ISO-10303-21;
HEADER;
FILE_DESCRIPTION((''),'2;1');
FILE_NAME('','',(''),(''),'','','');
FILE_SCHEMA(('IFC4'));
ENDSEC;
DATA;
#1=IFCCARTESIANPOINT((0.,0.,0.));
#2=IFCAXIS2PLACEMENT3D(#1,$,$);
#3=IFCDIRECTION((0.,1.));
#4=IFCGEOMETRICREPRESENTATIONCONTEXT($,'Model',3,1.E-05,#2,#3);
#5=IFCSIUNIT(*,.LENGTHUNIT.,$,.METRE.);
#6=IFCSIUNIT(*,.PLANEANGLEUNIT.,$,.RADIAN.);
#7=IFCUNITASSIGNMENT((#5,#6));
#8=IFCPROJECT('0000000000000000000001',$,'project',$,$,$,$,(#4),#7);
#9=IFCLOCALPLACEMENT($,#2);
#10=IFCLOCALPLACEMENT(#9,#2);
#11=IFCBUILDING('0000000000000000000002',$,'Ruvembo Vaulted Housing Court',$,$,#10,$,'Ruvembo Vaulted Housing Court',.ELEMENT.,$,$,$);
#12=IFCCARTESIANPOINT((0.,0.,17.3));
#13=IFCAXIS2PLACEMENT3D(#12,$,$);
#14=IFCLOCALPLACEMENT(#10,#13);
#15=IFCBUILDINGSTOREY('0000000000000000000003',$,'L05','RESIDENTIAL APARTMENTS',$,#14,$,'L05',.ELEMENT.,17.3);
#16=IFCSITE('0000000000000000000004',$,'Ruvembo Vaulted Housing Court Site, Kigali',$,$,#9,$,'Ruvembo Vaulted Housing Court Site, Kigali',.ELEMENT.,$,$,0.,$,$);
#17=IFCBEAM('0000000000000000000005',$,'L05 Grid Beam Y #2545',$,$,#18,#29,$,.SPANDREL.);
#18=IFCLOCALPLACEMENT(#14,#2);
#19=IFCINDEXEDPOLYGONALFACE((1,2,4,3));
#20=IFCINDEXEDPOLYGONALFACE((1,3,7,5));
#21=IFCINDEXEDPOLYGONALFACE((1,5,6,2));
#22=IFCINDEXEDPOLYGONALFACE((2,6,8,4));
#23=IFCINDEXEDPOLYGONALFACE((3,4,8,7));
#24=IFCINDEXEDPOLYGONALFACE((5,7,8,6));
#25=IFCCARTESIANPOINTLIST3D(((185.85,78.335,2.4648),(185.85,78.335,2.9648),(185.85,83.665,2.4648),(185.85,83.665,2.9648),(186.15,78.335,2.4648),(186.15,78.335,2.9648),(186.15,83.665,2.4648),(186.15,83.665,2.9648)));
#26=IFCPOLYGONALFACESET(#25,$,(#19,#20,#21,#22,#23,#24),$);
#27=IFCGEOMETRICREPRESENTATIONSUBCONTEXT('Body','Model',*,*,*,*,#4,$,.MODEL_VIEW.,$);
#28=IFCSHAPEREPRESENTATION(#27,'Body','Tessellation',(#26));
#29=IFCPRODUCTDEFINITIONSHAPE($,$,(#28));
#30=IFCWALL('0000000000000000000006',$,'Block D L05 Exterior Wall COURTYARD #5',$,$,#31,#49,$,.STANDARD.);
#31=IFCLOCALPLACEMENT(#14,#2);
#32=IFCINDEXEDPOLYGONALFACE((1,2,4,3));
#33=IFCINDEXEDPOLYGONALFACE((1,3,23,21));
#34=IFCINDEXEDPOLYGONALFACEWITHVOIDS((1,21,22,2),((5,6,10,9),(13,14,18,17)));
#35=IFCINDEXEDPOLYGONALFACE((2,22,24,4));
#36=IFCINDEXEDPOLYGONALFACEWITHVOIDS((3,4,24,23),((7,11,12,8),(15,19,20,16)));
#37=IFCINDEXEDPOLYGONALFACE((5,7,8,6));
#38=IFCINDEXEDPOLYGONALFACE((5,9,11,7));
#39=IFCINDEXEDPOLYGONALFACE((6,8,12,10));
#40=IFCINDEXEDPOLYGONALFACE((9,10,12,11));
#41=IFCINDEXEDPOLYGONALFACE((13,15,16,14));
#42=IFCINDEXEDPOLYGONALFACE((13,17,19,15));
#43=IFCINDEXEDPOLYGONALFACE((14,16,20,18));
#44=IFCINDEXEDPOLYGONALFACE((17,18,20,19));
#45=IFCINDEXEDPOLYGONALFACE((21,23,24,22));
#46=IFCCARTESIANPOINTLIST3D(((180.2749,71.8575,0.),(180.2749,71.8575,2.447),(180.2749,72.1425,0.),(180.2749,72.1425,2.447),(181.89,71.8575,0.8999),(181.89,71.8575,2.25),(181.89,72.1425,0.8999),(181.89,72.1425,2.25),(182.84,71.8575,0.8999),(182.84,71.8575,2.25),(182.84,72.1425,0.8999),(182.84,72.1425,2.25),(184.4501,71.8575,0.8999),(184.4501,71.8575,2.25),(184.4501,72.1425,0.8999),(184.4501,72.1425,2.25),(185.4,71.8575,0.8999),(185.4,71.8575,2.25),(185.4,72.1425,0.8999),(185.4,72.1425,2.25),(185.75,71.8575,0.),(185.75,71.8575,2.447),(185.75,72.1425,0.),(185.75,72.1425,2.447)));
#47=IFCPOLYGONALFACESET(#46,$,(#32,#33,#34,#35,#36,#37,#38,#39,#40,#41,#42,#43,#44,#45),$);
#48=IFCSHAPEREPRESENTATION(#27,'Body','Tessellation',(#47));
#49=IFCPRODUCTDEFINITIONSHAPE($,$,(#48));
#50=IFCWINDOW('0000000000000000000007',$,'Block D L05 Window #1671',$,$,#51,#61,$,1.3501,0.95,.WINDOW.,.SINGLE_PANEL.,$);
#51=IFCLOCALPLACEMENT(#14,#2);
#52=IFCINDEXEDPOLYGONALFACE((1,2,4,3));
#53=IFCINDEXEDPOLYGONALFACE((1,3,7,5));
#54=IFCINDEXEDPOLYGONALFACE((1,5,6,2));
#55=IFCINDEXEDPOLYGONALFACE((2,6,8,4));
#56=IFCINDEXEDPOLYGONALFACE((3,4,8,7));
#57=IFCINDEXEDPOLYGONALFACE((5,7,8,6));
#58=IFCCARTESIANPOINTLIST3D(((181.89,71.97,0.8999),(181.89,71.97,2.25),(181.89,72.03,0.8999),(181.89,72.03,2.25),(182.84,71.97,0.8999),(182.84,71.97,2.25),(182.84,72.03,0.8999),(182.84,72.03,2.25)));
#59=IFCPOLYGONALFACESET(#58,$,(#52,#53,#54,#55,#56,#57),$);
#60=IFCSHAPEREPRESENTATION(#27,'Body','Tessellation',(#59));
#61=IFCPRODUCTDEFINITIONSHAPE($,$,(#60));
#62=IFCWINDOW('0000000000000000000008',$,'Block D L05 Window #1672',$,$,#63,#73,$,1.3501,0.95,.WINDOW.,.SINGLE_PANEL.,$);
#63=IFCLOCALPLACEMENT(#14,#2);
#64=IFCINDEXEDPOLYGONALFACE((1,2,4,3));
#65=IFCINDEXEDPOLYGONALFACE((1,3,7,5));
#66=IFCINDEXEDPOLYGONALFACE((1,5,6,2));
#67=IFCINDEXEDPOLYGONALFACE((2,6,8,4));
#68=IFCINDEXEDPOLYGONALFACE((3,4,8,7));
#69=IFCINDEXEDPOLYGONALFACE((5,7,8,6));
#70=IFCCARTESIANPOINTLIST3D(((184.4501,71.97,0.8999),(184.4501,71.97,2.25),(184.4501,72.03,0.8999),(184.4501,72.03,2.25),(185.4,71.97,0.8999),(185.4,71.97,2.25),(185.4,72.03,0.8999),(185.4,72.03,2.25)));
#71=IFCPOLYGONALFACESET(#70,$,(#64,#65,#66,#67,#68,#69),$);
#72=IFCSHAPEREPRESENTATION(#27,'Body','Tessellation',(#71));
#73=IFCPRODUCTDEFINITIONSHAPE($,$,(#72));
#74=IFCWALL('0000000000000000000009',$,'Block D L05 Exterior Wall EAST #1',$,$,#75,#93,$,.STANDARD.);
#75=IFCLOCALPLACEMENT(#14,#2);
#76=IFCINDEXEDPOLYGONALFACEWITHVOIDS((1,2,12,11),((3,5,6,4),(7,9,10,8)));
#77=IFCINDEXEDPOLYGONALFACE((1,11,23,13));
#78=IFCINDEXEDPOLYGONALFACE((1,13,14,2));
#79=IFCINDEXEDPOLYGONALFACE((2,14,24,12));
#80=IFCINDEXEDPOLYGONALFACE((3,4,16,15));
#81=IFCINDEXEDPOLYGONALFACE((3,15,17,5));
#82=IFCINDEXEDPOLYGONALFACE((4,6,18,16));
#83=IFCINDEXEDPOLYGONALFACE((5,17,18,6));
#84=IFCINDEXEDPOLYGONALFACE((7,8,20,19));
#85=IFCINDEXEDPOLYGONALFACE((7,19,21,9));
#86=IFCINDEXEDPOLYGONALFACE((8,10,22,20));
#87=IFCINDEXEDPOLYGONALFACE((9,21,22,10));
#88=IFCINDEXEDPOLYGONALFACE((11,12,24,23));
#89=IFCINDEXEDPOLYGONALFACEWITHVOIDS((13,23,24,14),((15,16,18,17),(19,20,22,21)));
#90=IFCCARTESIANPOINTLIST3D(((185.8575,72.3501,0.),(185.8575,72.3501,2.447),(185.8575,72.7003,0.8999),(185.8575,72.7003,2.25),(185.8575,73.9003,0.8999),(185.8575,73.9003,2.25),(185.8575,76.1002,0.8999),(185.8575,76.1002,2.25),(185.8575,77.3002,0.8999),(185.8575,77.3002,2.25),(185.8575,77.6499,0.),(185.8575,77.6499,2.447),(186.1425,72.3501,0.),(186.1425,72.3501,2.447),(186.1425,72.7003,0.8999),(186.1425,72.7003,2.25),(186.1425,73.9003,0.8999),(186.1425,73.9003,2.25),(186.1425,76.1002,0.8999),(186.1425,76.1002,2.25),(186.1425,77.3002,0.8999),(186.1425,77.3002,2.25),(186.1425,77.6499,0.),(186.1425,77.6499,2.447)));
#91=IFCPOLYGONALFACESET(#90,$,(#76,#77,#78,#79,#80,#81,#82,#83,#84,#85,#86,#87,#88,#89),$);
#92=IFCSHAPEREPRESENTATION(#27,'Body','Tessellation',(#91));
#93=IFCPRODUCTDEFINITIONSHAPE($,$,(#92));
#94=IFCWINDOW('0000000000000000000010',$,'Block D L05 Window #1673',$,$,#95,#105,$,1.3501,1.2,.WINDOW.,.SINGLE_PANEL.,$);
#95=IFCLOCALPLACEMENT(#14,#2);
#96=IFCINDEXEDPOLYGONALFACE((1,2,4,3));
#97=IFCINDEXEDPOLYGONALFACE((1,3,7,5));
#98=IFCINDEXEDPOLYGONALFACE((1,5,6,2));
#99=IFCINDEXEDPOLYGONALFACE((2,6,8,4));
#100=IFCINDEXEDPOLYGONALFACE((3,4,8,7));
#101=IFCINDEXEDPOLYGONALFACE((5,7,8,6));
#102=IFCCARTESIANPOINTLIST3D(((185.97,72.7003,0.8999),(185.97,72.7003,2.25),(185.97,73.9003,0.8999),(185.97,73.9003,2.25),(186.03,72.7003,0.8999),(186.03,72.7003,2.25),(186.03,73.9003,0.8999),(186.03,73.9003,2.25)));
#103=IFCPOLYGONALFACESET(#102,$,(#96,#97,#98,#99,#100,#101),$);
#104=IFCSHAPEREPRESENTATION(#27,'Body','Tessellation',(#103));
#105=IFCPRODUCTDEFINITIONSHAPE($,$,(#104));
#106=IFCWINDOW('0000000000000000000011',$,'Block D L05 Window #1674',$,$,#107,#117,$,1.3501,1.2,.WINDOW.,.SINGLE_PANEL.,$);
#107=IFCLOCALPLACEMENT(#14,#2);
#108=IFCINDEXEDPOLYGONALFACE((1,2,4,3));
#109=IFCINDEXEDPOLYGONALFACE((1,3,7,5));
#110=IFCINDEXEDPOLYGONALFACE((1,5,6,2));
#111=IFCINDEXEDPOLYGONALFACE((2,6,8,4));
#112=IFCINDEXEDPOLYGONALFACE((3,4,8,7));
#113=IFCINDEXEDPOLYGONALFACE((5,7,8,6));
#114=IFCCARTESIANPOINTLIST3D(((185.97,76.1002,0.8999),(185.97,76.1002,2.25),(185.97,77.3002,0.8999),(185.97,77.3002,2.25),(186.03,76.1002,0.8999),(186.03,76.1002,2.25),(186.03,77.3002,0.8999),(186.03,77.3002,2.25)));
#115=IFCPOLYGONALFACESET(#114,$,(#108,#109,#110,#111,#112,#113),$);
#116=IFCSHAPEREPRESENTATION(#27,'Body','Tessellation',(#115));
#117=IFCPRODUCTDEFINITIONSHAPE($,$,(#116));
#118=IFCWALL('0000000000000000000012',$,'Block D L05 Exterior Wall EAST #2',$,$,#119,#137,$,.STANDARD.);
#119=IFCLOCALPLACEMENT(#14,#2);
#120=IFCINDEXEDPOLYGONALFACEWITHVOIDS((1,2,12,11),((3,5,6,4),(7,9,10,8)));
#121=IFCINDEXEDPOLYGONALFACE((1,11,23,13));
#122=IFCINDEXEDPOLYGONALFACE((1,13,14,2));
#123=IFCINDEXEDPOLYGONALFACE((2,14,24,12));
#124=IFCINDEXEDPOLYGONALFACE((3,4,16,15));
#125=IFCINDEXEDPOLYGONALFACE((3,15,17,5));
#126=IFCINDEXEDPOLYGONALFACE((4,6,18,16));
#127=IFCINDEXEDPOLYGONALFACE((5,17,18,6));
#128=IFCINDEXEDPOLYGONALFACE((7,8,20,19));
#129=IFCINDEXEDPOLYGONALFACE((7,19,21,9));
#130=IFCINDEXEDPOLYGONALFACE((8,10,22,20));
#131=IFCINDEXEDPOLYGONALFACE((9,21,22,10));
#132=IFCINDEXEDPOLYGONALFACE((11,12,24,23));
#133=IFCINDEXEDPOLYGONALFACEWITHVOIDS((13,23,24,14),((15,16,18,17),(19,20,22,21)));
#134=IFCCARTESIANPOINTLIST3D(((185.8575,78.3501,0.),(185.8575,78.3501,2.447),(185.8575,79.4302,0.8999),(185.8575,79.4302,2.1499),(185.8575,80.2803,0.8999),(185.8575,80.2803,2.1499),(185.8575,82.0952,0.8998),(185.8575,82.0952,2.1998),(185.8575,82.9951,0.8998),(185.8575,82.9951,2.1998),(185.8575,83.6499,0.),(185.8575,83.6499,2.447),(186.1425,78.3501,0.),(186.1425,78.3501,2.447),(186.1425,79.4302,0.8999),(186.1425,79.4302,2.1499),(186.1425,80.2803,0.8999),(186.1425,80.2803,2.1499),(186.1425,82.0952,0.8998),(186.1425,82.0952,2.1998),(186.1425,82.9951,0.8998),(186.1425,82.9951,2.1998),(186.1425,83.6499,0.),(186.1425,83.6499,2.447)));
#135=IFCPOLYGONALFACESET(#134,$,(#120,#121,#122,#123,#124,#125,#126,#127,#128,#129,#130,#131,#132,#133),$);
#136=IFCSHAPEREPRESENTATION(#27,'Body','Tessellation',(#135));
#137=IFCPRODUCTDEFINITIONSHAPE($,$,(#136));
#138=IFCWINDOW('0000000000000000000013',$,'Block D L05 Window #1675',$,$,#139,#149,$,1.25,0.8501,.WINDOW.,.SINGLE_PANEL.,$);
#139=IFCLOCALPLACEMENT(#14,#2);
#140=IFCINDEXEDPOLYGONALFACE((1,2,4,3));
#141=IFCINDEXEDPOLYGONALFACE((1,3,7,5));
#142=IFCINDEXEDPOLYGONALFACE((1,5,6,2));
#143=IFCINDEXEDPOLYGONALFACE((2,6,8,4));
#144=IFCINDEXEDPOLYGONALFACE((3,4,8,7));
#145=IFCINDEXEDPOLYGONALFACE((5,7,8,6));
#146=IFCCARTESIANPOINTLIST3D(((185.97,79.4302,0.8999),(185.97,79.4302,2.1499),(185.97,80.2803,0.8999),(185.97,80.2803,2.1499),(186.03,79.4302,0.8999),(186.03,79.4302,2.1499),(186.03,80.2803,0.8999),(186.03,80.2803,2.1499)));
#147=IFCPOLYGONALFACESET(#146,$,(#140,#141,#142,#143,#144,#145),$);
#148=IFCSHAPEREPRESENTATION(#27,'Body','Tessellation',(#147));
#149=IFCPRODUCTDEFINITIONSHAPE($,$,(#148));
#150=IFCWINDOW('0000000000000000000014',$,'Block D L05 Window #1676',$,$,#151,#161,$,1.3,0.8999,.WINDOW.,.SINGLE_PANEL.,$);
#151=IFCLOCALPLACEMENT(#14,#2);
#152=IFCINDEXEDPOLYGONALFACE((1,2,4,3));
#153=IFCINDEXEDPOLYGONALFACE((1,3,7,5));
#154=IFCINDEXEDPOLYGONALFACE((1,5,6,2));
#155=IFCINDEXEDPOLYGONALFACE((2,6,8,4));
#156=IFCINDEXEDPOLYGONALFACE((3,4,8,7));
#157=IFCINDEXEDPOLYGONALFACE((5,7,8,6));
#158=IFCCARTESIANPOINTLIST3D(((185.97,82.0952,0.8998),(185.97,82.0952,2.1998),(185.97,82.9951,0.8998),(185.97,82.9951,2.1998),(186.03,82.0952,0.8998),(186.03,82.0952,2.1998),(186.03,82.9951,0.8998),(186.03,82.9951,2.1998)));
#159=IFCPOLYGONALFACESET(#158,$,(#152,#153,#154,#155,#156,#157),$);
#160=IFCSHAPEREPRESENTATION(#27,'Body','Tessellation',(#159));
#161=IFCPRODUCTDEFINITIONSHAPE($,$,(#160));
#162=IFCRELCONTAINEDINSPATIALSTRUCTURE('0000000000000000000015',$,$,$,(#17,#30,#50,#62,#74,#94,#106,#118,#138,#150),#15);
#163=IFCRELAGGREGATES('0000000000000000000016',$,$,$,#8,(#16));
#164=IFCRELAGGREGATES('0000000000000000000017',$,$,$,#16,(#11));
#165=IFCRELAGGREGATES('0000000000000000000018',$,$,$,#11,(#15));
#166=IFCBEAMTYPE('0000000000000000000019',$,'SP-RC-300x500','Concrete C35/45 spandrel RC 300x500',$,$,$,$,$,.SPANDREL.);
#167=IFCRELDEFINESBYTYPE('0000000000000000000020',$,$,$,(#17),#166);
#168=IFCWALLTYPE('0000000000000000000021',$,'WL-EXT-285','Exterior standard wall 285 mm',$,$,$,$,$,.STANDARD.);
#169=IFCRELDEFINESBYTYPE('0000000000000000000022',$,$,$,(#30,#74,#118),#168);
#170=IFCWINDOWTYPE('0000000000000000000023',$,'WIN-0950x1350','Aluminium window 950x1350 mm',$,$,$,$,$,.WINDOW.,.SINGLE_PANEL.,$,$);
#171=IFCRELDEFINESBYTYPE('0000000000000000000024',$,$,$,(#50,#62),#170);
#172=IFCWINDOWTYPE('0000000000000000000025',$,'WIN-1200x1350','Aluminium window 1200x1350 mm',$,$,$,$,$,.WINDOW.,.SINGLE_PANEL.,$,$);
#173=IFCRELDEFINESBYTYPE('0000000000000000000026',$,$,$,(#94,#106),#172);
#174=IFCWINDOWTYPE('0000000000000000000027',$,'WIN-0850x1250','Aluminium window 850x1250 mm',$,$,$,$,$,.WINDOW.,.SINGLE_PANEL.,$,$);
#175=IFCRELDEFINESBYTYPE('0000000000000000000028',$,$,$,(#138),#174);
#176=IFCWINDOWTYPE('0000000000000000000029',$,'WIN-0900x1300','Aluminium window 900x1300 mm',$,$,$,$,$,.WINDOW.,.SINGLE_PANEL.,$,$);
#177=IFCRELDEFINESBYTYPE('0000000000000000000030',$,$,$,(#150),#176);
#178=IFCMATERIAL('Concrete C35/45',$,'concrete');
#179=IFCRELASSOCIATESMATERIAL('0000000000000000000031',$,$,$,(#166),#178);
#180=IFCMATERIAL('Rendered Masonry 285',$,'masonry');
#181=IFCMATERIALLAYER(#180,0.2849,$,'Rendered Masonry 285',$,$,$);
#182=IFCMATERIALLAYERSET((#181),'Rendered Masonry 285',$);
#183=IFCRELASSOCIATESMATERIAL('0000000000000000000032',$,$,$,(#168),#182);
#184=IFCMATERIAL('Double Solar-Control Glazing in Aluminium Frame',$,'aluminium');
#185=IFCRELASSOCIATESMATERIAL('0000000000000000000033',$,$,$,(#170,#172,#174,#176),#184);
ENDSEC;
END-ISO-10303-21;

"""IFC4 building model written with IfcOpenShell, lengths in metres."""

from ifc_helpers import new_model, si_unit, direction, frame, frame_2d, origin, origin_2d, place, context, subcontext, project, spatial, rectangle, extrude, material, layer, layer_set, material_profile, profile_set, type_object, element, fill, save


model = new_model("IFC4")

# Units and contexts
model_context = context("Model", 3, precision=1e-05, world=origin(), true_north=direction((0.0, 1.0)))
body_context = subcontext(model_context, "Body", "Model", "MODEL_VIEW")
ifc_project = project(units=[si_unit("LENGTHUNIT", "METRE"), si_unit("PLANEANGLEUNIT", "RADIAN")], contexts=[model_context])

# Site, building, storey
site_placement = place(None, origin())
site = spatial("IfcSite", under=ifc_project, at=site_placement, Name="Ruvembo Vaulted Housing Court Site, Kigali", LongName="Ruvembo Vaulted Housing Court Site, Kigali", CompositionType="ELEMENT", RefElevation=0.0)
building_placement = place(site_placement, origin())
building = spatial("IfcBuilding", under=site, at=building_placement, Name="Ruvembo Vaulted Housing Court", LongName="Ruvembo Vaulted Housing Court", CompositionType="ELEMENT")
storey_placement = place(building_placement, frame((0.0, 0.0, 17.3)))
storey = spatial("IfcBuildingStorey", under=building, at=storey_placement, Name="L05", Description="RESIDENTIAL APARTMENTS", LongName="L05", CompositionType="ELEMENT", Elevation=17.3)

# Shared definitions
ifc_material_1 = material(Name="Concrete C35/45", Category="concrete")

# Beam
ifc_material_profile_1 = material_profile(ifc_material_1, rectangle(XDim=0.3, YDim=0.5, at=origin_2d()), Name="RC 300x500")
ifc_profile_set_1 = profile_set([ifc_material_profile_1], Name="Concrete C35/45")
beam_type_1 = type_object("IfcBeamType", Name="SP-RC-300x500", Description="Concrete C35/45 spandrel RC 300x500", PredefinedType="SPANDREL", material=ifc_profile_set_1)
for number, where, z_axis, x_axis, name in (
    (1, (186.0, 78.335, 2.7148), (0.0, 1.0, 0.0), (-1.0, 0.0, 0.0), "L05 Grid Beam Y #2545"),
):
    element("IfcBeam", number, at=place(storey_placement, frame(where, z_axis=z_axis, x_axis=x_axis)), inside=storey, type_object=beam_type_1, Name=name, PredefinedType="SPANDREL", context=body_context, shape_type="SweptSolid", body=[
        extrude(rectangle(XDim=0.3, YDim=0.5, at=origin_2d()), origin(), (0.0, 0.0, 1.0), 5.3301),
    ])

# Walls, openings, windows
ifc_material_2 = material(Name="Rendered Masonry 285", Category="masonry")
ifc_layer_1 = layer(ifc_material_2, 0.2849, Name="Rendered Masonry 285")
ifc_layer_set_1 = layer_set([ifc_layer_1], Name="Rendered Masonry 285")
wall_type_1 = type_object("IfcWallType", Name="WL-EXT-285", Description="Exterior standard wall 285 mm", PredefinedType="STANDARD", material=ifc_layer_set_1)
wall_1_placement = place(storey_placement, frame((180.2749, 72.0, 0.0), z_axis=(0.0, 0.0, 1.0), x_axis=(1.0, 0.0, 0.0)))
wall_1 = element("IfcWall", 2, at=wall_1_placement, inside=storey, type_object=wall_type_1, Name="Block D L05 Exterior Wall COURTYARD #5", PredefinedType="STANDARD", context=body_context, shape_type="SweptSolid", body=[
    extrude(rectangle(XDim=5.4751, YDim=0.2849, at=frame_2d((2.7375, 0.0))), origin(), (0.0, 0.0, 1.0), 2.447),
])
opening_1_placement = place(wall_1_placement, frame((1.615, 0.0, 0.8999)))
opening_1 = element("IfcOpeningElement", 3, at=opening_1_placement, cuts=wall_1, PredefinedType="OPENING", context=body_context, shape_type="SweptSolid", body=[
    extrude(rectangle(XDim=0.95, YDim=1.3501, at=frame_2d((0.4751, 0.675))), frame((0.0, 0.1523, 0.0), z_axis=(0.0, -1.0, 0.0), x_axis=(1.0, 0.0, 0.0)), (0.0, 0.0, 1.0), 0.3049),
])
opening_2_placement = place(wall_1_placement, frame((4.175, 0.0, 0.8999)))
opening_2 = element("IfcOpeningElement", 4, at=opening_2_placement, cuts=wall_1, PredefinedType="OPENING", context=body_context, shape_type="SweptSolid", body=[
    extrude(rectangle(XDim=0.95, YDim=1.3501, at=frame_2d((0.4751, 0.675))), frame((0.0, 0.1523, 0.0), z_axis=(0.0, -1.0, 0.0), x_axis=(1.0, 0.0, 0.0)), (0.0, 0.0, 1.0), 0.3049),
])
ifc_material_3 = material(Name="Double Solar-Control Glazing in Aluminium Frame", Category="aluminium")
window_type_1 = type_object("IfcWindowType", Name="WIN-0950x1350", Description="Aluminium window 950x1350 mm", PartitioningType="SINGLE_PANEL", PredefinedType="WINDOW", material=ifc_material_3)
window_1_placement = place(opening_1_placement, origin())
window_1 = element("IfcWindow", 5, at=window_1_placement, inside=storey, type_object=window_type_1, Name="Block D L05 Window #1671", OverallHeight=1.3501, OverallWidth=0.95, PartitioningType="SINGLE_PANEL", PredefinedType="WINDOW", context=body_context, shape_type="SweptSolid", body=[
    extrude(rectangle(XDim=0.95, YDim=1.3501, at=frame_2d((0.4751, 0.675))), frame((0.0, 0.03, 0.0), z_axis=(0.0, -1.0, 0.0), x_axis=(1.0, 0.0, 0.0)), (0.0, 0.0, 1.0), 0.0601),
])
fill(opening_1, window_1)
window_2_placement = place(opening_2_placement, origin())
window_2 = element("IfcWindow", 6, at=window_2_placement, inside=storey, type_object=window_type_1, Name="Block D L05 Window #1672", OverallHeight=1.3501, OverallWidth=0.95, PartitioningType="SINGLE_PANEL", PredefinedType="WINDOW", context=body_context, shape_type="SweptSolid", body=[
    extrude(rectangle(XDim=0.95, YDim=1.3501, at=frame_2d((0.4751, 0.675))), frame((0.0, 0.03, 0.0), z_axis=(0.0, -1.0, 0.0), x_axis=(1.0, 0.0, 0.0)), (0.0, 0.0, 1.0), 0.0601),
])
fill(opening_2, window_2)
wall_2_placement = place(storey_placement, frame((186.0, 72.3501, 0.0), z_axis=(0.0, 0.0, 1.0), x_axis=(0.0, 1.0, 0.0)))
wall_2 = element("IfcWall", 7, at=wall_2_placement, inside=storey, type_object=wall_type_1, Name="Block D L05 Exterior Wall EAST #1", PredefinedType="STANDARD", context=body_context, shape_type="SweptSolid", body=[
    extrude(rectangle(XDim=5.2998, YDim=0.2849, at=frame_2d((2.6499, 0.0))), origin(), (0.0, 0.0, 1.0), 2.447),
])
opening_3_placement = place(wall_2_placement, frame((0.3501, 0.0, 0.8999)))
opening_3 = element("IfcOpeningElement", 8, at=opening_3_placement, cuts=wall_2, PredefinedType="OPENING", context=body_context, shape_type="SweptSolid", body=[
    extrude(rectangle(XDim=1.2, YDim=1.3501, at=frame_2d((0.6001, 0.675))), frame((0.0, 0.1523, 0.0), z_axis=(0.0, -1.0, 0.0), x_axis=(1.0, 0.0, 0.0)), (0.0, 0.0, 1.0), 0.3049),
])
opening_4_placement = place(wall_2_placement, frame((3.75, 0.0, 0.8999)))
opening_4 = element("IfcOpeningElement", 9, at=opening_4_placement, cuts=wall_2, PredefinedType="OPENING", context=body_context, shape_type="SweptSolid", body=[
    extrude(rectangle(XDim=1.2, YDim=1.3501, at=frame_2d((0.6001, 0.675))), frame((0.0, 0.1523, 0.0), z_axis=(0.0, -1.0, 0.0), x_axis=(1.0, 0.0, 0.0)), (0.0, 0.0, 1.0), 0.3049),
])
window_type_2 = type_object("IfcWindowType", Name="WIN-1200x1350", Description="Aluminium window 1200x1350 mm", PartitioningType="SINGLE_PANEL", PredefinedType="WINDOW", material=ifc_material_3)
window_3_placement = place(opening_3_placement, origin())
window_3 = element("IfcWindow", 10, at=window_3_placement, inside=storey, type_object=window_type_2, Name="Block D L05 Window #1673", OverallHeight=1.3501, OverallWidth=1.2, PartitioningType="SINGLE_PANEL", PredefinedType="WINDOW", context=body_context, shape_type="SweptSolid", body=[
    extrude(rectangle(XDim=1.2, YDim=1.3501, at=frame_2d((0.6001, 0.675))), frame((0.0, 0.03, 0.0), z_axis=(0.0, -1.0, 0.0), x_axis=(1.0, 0.0, 0.0)), (0.0, 0.0, 1.0), 0.0601),
])
fill(opening_3, window_3)
window_4_placement = place(opening_4_placement, origin())
window_4 = element("IfcWindow", 11, at=window_4_placement, inside=storey, type_object=window_type_2, Name="Block D L05 Window #1674", OverallHeight=1.3501, OverallWidth=1.2, PartitioningType="SINGLE_PANEL", PredefinedType="WINDOW", context=body_context, shape_type="SweptSolid", body=[
    extrude(rectangle(XDim=1.2, YDim=1.3501, at=frame_2d((0.6001, 0.675))), frame((0.0, 0.03, 0.0), z_axis=(0.0, -1.0, 0.0), x_axis=(1.0, 0.0, 0.0)), (0.0, 0.0, 1.0), 0.0601),
])
fill(opening_4, window_4)
wall_3_placement = place(storey_placement, frame((186.0, 78.3501, 0.0), z_axis=(0.0, 0.0, 1.0), x_axis=(0.0, 1.0, 0.0)))
wall_3 = element("IfcWall", 12, at=wall_3_placement, inside=storey, type_object=wall_type_1, Name="Block D L05 Exterior Wall EAST #2", PredefinedType="STANDARD", context=body_context, shape_type="SweptSolid", body=[
    extrude(rectangle(XDim=5.2998, YDim=0.2849, at=frame_2d((2.6499, 0.0))), origin(), (0.0, 0.0, 1.0), 2.447),
])
opening_5_placement = place(wall_3_placement, frame((1.0801, 0.0, 0.8999)))
opening_5 = element("IfcOpeningElement", 13, at=opening_5_placement, cuts=wall_3, PredefinedType="OPENING", context=body_context, shape_type="SweptSolid", body=[
    extrude(rectangle(XDim=0.8501, YDim=1.25, at=frame_2d((0.425, 0.625))), frame((0.0, 0.1523, 0.0), z_axis=(0.0, -1.0, 0.0), x_axis=(1.0, 0.0, 0.0)), (0.0, 0.0, 1.0), 0.3049),
])
opening_6_placement = place(wall_3_placement, frame((3.7451, 0.0, 0.8999)))
opening_6 = element("IfcOpeningElement", 14, at=opening_6_placement, cuts=wall_3, PredefinedType="OPENING", context=body_context, shape_type="SweptSolid", body=[
    extrude(rectangle(XDim=0.8999, YDim=1.3, at=frame_2d((0.45, 0.6499))), frame((0.0, 0.1523, 0.0), z_axis=(0.0, -1.0, 0.0), x_axis=(1.0, 0.0, 0.0)), (0.0, 0.0, 1.0), 0.3049),
])
window_type_3 = type_object("IfcWindowType", Name="WIN-0850x1250", Description="Aluminium window 850x1250 mm", PartitioningType="SINGLE_PANEL", PredefinedType="WINDOW", material=ifc_material_3)
window_5_placement = place(opening_5_placement, origin())
window_5 = element("IfcWindow", 15, at=window_5_placement, inside=storey, type_object=window_type_3, Name="Block D L05 Window #1675", OverallHeight=1.25, OverallWidth=0.8501, PartitioningType="SINGLE_PANEL", PredefinedType="WINDOW", context=body_context, shape_type="SweptSolid", body=[
    extrude(rectangle(XDim=0.8501, YDim=1.25, at=frame_2d((0.425, 0.625))), frame((0.0, 0.03, 0.0), z_axis=(0.0, -1.0, 0.0), x_axis=(1.0, 0.0, 0.0)), (0.0, 0.0, 1.0), 0.0601),
])
fill(opening_5, window_5)
window_type_4 = type_object("IfcWindowType", Name="WIN-0900x1300", Description="Aluminium window 900x1300 mm", PartitioningType="SINGLE_PANEL", PredefinedType="WINDOW", material=ifc_material_3)
window_6_placement = place(opening_6_placement, origin())
window_6 = element("IfcWindow", 16, at=window_6_placement, inside=storey, type_object=window_type_4, Name="Block D L05 Window #1676", OverallHeight=1.3, OverallWidth=0.8999, PartitioningType="SINGLE_PANEL", PredefinedType="WINDOW", context=body_context, shape_type="SweptSolid", body=[
    extrude(rectangle(XDim=0.8999, YDim=1.3, at=frame_2d((0.45, 0.6499))), frame((0.0, 0.03, 0.0), z_axis=(0.0, -1.0, 0.0), x_axis=(1.0, 0.0, 0.0)), (0.0, 0.0, 1.0), 0.0601),
])
fill(opening_6, window_6)

save(model, "model.ifc")
